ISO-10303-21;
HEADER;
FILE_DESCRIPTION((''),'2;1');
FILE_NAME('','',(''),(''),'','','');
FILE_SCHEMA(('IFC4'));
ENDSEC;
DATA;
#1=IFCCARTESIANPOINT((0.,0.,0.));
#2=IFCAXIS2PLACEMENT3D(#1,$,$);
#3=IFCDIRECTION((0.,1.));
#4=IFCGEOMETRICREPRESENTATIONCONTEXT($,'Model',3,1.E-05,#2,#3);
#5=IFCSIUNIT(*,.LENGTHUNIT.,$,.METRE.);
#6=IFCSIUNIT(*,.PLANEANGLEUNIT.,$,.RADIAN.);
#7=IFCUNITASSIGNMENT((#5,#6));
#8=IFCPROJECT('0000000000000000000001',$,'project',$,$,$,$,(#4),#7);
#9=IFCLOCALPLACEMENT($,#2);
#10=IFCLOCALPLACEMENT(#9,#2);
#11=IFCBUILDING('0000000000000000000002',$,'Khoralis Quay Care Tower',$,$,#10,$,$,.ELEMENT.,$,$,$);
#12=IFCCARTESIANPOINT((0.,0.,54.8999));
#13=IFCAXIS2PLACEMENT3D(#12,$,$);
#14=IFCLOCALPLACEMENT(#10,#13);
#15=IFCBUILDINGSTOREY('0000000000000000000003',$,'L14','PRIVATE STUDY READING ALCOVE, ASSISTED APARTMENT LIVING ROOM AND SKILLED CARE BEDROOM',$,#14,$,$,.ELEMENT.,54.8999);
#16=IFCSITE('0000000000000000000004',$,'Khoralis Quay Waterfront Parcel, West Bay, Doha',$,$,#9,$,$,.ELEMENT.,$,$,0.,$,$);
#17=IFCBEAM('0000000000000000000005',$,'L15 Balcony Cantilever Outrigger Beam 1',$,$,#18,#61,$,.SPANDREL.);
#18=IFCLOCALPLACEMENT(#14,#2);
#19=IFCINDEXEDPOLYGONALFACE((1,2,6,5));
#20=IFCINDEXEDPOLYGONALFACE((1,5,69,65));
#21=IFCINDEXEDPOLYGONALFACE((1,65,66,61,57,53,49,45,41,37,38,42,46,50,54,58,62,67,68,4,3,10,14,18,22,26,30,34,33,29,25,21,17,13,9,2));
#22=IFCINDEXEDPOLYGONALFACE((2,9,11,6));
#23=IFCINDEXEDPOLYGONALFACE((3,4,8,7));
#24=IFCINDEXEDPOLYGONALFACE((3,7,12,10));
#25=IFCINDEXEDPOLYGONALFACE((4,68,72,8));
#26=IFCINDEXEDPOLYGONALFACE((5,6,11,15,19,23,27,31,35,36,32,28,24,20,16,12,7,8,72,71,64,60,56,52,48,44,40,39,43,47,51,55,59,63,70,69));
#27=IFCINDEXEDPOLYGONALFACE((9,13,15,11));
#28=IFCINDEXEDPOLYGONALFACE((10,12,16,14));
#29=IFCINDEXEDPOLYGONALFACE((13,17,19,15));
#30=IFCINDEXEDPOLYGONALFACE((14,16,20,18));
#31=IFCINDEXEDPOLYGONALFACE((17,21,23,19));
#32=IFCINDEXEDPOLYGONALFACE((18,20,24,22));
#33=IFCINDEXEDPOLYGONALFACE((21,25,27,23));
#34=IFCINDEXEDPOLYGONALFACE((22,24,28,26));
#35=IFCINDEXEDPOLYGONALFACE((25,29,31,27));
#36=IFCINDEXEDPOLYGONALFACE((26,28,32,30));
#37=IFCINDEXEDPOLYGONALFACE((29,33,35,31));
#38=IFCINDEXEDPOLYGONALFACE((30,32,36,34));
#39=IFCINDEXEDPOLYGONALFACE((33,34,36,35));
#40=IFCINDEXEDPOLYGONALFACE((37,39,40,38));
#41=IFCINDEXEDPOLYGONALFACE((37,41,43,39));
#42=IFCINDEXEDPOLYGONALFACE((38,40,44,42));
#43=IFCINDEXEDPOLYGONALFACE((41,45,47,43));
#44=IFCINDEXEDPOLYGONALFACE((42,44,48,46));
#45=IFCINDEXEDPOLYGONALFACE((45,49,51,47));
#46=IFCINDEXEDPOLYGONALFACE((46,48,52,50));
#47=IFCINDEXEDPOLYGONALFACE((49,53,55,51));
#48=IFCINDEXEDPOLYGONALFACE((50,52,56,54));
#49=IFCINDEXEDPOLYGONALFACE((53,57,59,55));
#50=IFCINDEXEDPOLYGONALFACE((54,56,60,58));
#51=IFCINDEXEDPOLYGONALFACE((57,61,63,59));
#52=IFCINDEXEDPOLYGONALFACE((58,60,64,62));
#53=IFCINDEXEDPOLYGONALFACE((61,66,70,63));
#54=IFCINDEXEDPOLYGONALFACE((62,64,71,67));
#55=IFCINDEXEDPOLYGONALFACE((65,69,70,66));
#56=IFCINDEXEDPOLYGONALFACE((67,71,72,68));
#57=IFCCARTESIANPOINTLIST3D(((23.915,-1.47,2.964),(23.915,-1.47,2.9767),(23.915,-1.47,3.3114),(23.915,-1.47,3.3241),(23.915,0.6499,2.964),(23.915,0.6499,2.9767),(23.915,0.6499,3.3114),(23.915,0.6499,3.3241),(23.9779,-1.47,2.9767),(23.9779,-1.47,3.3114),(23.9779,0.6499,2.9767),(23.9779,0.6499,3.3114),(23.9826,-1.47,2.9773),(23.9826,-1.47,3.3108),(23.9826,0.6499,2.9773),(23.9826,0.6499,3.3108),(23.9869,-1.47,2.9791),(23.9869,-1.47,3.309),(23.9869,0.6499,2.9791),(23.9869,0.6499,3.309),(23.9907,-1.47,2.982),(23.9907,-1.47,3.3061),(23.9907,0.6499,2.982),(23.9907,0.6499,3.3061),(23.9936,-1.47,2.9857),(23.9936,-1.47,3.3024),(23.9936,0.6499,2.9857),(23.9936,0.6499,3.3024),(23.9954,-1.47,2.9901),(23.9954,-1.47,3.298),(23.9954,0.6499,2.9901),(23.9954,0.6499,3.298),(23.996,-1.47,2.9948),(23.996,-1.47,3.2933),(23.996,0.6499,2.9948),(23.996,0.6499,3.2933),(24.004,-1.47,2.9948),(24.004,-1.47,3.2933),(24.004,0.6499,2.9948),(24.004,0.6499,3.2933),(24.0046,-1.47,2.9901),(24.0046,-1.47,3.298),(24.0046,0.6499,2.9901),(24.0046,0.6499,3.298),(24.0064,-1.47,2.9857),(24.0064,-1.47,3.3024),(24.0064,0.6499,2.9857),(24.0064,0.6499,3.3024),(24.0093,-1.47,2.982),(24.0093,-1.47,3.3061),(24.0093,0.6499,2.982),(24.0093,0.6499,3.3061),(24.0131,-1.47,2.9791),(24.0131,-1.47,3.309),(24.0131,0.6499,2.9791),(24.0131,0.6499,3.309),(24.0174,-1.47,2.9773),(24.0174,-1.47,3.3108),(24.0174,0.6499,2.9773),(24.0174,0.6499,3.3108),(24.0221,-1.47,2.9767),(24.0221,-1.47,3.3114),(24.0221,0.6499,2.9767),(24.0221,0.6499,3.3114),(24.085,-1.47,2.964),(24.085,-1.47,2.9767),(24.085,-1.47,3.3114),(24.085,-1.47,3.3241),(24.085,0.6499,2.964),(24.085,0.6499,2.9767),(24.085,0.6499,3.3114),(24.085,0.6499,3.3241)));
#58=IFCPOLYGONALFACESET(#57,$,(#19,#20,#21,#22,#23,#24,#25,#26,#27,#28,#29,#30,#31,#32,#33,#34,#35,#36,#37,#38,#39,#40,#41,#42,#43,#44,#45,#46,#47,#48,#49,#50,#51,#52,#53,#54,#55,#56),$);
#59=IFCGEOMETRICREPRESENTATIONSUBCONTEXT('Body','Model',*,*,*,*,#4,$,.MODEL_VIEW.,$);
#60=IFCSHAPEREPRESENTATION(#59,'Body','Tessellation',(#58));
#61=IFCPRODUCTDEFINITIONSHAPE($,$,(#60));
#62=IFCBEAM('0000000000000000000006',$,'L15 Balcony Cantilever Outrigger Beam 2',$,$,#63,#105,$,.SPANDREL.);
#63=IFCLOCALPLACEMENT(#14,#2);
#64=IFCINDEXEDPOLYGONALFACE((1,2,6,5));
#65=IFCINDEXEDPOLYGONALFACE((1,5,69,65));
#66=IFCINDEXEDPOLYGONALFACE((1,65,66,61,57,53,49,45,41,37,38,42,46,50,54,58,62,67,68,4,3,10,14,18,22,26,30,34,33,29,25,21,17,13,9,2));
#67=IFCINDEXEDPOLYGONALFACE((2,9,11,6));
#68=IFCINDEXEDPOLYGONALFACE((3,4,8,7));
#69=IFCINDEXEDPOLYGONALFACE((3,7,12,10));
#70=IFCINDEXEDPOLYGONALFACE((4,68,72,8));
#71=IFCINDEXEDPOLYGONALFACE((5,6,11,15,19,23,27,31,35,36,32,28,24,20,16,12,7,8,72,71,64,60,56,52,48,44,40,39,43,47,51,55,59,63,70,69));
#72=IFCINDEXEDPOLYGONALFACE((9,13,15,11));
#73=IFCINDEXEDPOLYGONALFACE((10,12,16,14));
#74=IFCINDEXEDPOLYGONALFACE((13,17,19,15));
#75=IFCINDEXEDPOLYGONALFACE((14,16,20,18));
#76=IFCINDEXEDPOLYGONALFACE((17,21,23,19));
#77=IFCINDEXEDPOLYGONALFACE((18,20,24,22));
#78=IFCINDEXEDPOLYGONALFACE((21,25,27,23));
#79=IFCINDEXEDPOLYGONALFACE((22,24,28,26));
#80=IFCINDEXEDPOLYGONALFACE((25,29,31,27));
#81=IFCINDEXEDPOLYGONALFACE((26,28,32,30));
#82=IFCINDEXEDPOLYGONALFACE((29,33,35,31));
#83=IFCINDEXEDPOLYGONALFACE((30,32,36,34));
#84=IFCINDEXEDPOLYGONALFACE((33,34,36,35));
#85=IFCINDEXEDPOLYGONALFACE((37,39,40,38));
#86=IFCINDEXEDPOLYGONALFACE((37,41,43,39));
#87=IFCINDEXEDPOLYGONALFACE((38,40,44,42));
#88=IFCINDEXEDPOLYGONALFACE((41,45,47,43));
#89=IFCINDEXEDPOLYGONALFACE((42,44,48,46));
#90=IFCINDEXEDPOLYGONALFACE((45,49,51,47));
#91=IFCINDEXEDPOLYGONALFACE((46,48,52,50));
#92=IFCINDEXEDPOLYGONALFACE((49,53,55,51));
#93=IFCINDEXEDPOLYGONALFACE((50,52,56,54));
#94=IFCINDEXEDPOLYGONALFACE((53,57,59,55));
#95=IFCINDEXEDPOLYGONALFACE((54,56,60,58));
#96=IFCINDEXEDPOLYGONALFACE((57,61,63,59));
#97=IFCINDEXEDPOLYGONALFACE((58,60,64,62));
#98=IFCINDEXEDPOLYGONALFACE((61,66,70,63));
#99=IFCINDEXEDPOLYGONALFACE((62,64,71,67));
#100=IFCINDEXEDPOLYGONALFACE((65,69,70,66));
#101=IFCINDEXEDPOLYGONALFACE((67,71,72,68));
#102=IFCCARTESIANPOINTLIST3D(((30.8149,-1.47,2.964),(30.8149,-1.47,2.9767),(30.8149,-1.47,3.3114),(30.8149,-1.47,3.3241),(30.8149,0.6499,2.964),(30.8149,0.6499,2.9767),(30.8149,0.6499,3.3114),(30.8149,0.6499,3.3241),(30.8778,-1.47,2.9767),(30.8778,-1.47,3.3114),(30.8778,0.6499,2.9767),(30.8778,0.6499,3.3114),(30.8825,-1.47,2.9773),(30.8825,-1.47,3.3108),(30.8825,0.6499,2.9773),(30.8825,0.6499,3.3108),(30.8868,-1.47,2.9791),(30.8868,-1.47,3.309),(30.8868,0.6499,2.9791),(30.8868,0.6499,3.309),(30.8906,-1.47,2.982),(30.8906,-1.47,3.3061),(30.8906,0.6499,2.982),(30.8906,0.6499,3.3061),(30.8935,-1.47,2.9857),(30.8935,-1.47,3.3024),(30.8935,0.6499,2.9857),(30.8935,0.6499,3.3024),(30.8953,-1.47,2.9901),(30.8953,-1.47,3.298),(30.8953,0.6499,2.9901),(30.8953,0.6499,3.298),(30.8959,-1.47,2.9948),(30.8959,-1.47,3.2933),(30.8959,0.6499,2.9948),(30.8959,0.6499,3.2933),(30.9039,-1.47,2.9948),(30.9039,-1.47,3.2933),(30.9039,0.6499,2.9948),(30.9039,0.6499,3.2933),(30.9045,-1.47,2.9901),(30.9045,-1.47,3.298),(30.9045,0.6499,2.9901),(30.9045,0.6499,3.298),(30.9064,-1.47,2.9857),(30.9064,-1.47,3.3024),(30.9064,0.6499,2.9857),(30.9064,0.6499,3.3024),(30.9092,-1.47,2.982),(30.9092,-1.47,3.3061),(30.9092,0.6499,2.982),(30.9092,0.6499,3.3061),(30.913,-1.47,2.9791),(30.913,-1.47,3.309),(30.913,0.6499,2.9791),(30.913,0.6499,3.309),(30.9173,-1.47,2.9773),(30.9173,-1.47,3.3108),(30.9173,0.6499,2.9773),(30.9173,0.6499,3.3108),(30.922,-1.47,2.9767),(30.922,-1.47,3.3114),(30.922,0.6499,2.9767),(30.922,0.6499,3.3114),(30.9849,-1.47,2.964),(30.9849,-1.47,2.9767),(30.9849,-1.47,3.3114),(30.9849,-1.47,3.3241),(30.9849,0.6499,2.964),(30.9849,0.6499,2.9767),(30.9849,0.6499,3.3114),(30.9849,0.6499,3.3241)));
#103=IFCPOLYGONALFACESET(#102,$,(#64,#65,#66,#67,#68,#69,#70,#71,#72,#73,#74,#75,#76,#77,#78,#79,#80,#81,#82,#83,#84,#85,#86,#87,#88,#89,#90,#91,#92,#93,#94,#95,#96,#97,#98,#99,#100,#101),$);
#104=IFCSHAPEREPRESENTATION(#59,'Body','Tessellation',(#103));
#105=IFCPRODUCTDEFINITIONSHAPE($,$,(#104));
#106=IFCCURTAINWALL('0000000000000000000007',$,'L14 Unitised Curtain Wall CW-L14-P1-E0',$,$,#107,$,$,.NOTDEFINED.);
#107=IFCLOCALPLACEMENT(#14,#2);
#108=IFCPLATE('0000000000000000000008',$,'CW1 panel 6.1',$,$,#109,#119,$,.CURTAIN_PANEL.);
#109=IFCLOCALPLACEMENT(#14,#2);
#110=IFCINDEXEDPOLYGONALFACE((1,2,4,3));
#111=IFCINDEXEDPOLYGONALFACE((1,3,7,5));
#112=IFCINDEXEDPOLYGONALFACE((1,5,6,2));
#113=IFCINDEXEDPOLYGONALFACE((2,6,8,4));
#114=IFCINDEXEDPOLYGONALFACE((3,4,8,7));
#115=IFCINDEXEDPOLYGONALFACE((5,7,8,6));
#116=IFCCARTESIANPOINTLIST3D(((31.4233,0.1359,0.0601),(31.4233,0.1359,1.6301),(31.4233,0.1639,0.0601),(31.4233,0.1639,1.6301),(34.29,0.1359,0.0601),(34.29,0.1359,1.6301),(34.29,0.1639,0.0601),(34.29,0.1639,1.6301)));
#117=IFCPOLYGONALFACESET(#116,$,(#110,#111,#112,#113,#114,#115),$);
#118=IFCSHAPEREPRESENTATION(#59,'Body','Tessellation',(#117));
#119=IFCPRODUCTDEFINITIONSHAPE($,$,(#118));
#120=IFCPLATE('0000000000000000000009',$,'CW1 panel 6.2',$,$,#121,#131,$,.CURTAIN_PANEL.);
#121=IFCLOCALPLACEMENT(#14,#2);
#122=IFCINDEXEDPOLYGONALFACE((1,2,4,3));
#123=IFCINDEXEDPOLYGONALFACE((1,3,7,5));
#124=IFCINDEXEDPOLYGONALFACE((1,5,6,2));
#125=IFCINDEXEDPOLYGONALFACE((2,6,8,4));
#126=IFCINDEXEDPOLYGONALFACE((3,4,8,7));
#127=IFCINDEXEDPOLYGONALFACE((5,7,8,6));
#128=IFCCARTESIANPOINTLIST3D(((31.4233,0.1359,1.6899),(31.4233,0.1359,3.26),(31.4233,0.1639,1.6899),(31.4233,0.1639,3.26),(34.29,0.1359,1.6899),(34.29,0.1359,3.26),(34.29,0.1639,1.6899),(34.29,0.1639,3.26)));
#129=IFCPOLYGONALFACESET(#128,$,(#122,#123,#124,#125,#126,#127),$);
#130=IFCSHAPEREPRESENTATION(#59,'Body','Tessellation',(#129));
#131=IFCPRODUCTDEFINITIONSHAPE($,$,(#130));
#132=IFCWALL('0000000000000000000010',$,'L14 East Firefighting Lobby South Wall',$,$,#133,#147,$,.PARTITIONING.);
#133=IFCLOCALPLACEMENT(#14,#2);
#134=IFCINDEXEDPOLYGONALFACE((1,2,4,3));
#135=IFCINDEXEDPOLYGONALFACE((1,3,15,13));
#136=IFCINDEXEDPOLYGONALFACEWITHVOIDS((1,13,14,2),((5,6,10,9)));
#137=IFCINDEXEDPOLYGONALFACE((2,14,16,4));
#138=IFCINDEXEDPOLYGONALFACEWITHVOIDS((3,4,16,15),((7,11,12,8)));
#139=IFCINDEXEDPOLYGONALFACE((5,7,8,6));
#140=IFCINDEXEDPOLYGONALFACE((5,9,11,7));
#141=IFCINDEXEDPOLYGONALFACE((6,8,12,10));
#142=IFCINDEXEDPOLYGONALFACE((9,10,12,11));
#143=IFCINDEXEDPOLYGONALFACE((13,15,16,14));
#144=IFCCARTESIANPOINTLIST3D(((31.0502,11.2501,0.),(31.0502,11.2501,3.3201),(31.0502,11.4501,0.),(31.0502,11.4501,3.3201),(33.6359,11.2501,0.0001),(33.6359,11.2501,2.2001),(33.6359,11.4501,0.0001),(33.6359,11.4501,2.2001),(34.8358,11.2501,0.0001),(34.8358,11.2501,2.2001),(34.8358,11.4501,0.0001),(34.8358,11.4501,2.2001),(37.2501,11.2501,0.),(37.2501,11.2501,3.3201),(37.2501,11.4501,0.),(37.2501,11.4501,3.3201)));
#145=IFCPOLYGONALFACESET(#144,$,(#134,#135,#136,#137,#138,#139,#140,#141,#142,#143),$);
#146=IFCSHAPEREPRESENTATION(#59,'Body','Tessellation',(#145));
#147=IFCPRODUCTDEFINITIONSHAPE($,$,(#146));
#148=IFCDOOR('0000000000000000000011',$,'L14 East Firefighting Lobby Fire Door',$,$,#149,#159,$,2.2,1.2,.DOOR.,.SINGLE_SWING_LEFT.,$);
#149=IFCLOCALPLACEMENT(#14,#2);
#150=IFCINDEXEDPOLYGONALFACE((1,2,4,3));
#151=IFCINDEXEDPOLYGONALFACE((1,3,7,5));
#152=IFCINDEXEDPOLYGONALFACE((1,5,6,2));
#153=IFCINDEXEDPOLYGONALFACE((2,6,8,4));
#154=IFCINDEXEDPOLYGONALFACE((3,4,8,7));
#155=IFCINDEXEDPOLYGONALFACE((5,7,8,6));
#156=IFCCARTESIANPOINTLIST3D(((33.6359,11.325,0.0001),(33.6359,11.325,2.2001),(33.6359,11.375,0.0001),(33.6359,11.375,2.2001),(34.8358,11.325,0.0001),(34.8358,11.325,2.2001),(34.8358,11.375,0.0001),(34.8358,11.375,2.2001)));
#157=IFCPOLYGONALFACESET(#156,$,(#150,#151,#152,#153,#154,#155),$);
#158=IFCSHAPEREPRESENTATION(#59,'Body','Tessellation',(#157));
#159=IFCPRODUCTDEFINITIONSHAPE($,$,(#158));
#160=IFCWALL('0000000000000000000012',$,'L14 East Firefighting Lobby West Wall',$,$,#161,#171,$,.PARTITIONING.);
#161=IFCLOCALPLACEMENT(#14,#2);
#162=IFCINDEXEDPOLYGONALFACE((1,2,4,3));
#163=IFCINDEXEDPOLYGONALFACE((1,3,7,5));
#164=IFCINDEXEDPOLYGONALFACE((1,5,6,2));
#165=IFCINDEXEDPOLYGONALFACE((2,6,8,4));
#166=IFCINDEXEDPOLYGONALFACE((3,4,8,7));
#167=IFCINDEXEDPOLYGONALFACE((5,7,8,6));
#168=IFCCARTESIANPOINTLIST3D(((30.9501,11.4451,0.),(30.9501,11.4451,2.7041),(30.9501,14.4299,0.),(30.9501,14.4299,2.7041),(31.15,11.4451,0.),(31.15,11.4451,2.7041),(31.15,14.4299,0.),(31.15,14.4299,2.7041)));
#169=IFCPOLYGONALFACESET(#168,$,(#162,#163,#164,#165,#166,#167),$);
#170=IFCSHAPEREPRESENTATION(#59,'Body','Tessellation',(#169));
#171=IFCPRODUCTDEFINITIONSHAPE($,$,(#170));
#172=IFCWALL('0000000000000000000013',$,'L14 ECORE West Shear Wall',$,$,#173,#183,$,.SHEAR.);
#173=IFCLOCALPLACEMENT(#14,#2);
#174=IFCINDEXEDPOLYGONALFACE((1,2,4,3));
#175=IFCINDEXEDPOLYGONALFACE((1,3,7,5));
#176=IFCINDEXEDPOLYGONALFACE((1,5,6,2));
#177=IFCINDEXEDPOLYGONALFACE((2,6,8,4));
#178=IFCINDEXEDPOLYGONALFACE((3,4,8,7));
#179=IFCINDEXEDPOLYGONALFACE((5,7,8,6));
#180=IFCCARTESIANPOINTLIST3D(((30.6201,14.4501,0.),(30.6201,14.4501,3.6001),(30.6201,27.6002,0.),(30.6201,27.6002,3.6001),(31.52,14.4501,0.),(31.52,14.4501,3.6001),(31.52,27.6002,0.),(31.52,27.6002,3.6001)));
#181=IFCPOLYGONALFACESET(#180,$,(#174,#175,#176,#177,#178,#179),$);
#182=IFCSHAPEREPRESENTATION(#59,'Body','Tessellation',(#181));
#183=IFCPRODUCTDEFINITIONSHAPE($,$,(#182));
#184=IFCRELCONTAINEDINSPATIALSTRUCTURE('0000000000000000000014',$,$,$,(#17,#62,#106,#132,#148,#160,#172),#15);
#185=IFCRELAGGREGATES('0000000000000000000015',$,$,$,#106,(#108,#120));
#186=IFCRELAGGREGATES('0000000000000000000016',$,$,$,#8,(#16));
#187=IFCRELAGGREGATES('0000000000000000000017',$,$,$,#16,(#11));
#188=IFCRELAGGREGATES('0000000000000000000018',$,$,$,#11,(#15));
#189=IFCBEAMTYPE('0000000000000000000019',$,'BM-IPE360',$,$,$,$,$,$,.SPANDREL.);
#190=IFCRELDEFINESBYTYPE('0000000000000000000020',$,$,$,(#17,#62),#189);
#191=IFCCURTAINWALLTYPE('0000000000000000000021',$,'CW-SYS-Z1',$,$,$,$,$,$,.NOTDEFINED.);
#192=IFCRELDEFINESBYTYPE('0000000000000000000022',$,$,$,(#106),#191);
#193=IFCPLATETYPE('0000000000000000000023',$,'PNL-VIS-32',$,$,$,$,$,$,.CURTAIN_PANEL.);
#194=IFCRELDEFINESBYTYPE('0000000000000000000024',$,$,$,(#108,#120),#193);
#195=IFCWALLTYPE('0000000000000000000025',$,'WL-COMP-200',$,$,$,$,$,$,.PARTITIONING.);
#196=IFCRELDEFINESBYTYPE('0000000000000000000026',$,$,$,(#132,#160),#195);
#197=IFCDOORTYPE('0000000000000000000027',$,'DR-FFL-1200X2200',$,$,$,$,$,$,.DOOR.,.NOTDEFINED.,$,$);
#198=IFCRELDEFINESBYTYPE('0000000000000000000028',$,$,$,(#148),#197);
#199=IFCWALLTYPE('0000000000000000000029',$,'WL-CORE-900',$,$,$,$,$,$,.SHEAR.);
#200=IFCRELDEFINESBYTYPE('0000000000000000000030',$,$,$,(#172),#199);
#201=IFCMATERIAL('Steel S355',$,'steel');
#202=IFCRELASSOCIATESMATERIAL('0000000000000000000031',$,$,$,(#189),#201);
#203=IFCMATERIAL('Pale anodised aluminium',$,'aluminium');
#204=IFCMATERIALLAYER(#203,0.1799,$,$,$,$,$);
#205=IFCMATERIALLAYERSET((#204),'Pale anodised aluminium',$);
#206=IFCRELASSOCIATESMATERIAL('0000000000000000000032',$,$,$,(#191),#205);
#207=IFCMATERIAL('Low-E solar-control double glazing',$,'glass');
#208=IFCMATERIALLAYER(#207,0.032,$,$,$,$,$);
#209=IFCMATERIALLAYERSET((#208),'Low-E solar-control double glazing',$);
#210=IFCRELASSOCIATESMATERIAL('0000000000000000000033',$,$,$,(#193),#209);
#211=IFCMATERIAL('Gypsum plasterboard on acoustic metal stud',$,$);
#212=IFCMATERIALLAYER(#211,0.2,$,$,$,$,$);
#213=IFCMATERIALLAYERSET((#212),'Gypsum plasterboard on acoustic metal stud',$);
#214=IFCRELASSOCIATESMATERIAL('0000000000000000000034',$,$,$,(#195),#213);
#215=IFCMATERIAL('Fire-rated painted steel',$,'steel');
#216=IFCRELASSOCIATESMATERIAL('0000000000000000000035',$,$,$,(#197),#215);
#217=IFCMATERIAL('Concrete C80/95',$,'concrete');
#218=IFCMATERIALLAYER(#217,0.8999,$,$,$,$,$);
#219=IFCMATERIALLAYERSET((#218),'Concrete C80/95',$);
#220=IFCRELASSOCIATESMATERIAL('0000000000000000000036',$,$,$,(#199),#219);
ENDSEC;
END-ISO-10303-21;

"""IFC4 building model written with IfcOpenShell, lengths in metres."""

from ifc_helpers import new_model, si_unit, direction, frame, frame_2d, origin, origin_2d, place, context, subcontext, project, spatial, rectangle, i_section, extrude, source, transform, mapped, material, layer, layer_set, material_profile, profile_set, type_object, element, fill, aggregate, save


model = new_model("IFC4")

# Units and contexts
model_context = context("Model", 3, precision=1e-05, world=origin(), true_north=direction((0.0, 1.0)))
body_context = subcontext(model_context, "Body", "Model", "MODEL_VIEW")
ifc_project = project(units=[si_unit("LENGTHUNIT", "METRE"), si_unit("PLANEANGLEUNIT", "RADIAN")], contexts=[model_context])

# Site, building, storey
site_placement = place(None, origin())
site = spatial("IfcSite", under=ifc_project, at=site_placement, Name="Khoralis Quay Waterfront Parcel, West Bay, Doha", CompositionType="ELEMENT", RefElevation=0.0)
building_placement = place(site_placement, origin())
building = spatial("IfcBuilding", under=site, at=building_placement, Name="Khoralis Quay Care Tower", CompositionType="ELEMENT")
storey_placement = place(building_placement, frame((0.0, 0.0, 54.8999)))
storey = spatial("IfcBuildingStorey", under=building, at=storey_placement, Name="L14", Description="PRIVATE STUDY READING ALCOVE, ASSISTED APARTMENT LIVING ROOM AND SKILLED CARE BEDROOM", CompositionType="ELEMENT", Elevation=54.8999)

# Shared definitions
ifc_material_1 = material(Name="Concrete C80/95", Category="concrete")

# Beams
ifc_material_2 = material(Name="Steel S355", Category="steel")
ifc_material_profile_1 = material_profile(ifc_material_2, i_section(OverallWidth=0.1699, OverallDepth=0.3601, WebThickness=0.0081, FlangeThickness=0.0127, FilletRadius=0.0181, at=origin_2d()), Name="Steel S355")
ifc_profile_set_1 = profile_set([ifc_material_profile_1], Name="Steel S355")
beam_type_1 = type_object("IfcBeamType", Name="BM-IPE360", PredefinedType="SPANDREL", material=ifc_profile_set_1)
shared_shape_1 = source(origin(), body_context, "Body", "SweptSolid", [
    extrude(i_section(OverallWidth=0.1699, OverallDepth=0.3601, WebThickness=0.0081, FlangeThickness=0.0127, FilletRadius=0.0181, at=origin_2d()), origin(), (0.0, 0.0, 1.0), 2.1199),
])
for number, where, z_axis, x_axis, name in (
    (1, (24.0, 0.6499, 3.144), (0.0, -1.0, 0.0), (1.0, 0.0, 0.0), "L15 Balcony Cantilever Outrigger Beam 1"),
    (2, (30.8999, 0.6499, 3.144), (0.0, -1.0, 0.0), (1.0, 0.0, 0.0), "L15 Balcony Cantilever Outrigger Beam 2"),
):
    element("IfcBeam", number, at=place(storey_placement, frame(where, z_axis=z_axis, x_axis=x_axis)), inside=storey, type_object=beam_type_1, Name=name, PredefinedType="SPANDREL", context=body_context, shape_type="MappedRepresentation", body=[
        mapped(shared_shape_1, transform((0.0, 0.0, 0.0), scale=1.0)),
    ])

# Curtain wall, plates
ifc_material_3 = material(Name="Pale anodised aluminium", Category="aluminium")
ifc_layer_1 = layer(ifc_material_3, 0.1799)
ifc_layer_set_1 = layer_set([ifc_layer_1], Name="Pale anodised aluminium")
curtain_wall_type = type_object("IfcCurtainWallType", Name="CW-SYS-Z1", PredefinedType="NOTDEFINED", material=ifc_layer_set_1)
curtain_wall_placement = place(storey_placement, origin())
curtain_wall = element("IfcCurtainWall", 3, at=curtain_wall_placement, inside=storey, type_object=curtain_wall_type, Name="L14 Unitised Curtain Wall CW-L14-P1-E0", PredefinedType="NOTDEFINED")
ifc_material_4 = material(Name="Low-E solar-control double glazing", Category="glass")
ifc_layer_2 = layer(ifc_material_4, 0.032)
ifc_layer_set_2 = layer_set([ifc_layer_2], Name="Low-E solar-control double glazing")
plate_type = type_object("IfcPlateType", Name="PNL-VIS-32", PredefinedType="CURTAIN_PANEL", material=ifc_layer_set_2)
shared_shape_2 = source(origin(), body_context, "Body", "SweptSolid", [
    extrude(rectangle(XDim=2.8667, YDim=0.0281, at=origin_2d()), origin(), (0.0, 0.0, 1.0), 1.5701),
])
plate_1_placement = place(storey_placement, frame((32.8567, 0.1499, 0.0601), z_axis=(0.0, 0.0, 1.0), x_axis=(1.0, 0.0, 0.0)))
plate_1 = element("IfcPlate", 4, at=plate_1_placement, type_object=plate_type, Name="CW1 panel 6.1", PredefinedType="CURTAIN_PANEL", context=body_context, shape_type="MappedRepresentation", body=[
    mapped(shared_shape_2, transform((0.0, 0.0, 0.0), scale=1.0)),
])
plate_2_placement = place(storey_placement, frame((32.8567, 0.1499, 1.6899), z_axis=(0.0, 0.0, 1.0), x_axis=(1.0, 0.0, 0.0)))
plate_2 = element("IfcPlate", 5, at=plate_2_placement, type_object=plate_type, Name="CW1 panel 6.2", PredefinedType="CURTAIN_PANEL", context=body_context, shape_type="MappedRepresentation", body=[
    mapped(shared_shape_2, transform((0.0, 0.0, 0.0), scale=1.0)),
])
aggregate(curtain_wall, [plate_1, plate_2])

# Wall, opening, door
ifc_material_5 = material(Name="Gypsum plasterboard on acoustic metal stud")
ifc_layer_3 = layer(ifc_material_5, 0.2)
ifc_layer_set_3 = layer_set([ifc_layer_3], Name="Gypsum plasterboard on acoustic metal stud")
wall_type_1 = type_object("IfcWallType", Name="WL-COMP-200", PredefinedType="PARTITIONING", material=ifc_layer_set_3)
wall_1_placement = place(storey_placement, frame((31.05, 11.3501, 0.0), z_axis=(0.0, 0.0, 1.0), x_axis=(1.0, 0.0, 0.0)))
wall_1 = element("IfcWall", 6, at=wall_1_placement, inside=storey, type_object=wall_type_1, Name="L14 East Firefighting Lobby South Wall", PredefinedType="PARTITIONING", context=body_context, shape_type="SweptSolid", body=[
    extrude(rectangle(XDim=6.2, YDim=0.2, at=frame_2d((3.1001, 0.0))), origin(), (0.0, 0.0, 1.0), 3.3201),
])
opening_1_placement = place(wall_1_placement, frame((2.5857, 0.0, 0.0)))
opening_1 = element("IfcOpeningElement", 7, at=opening_1_placement, cuts=wall_1, PredefinedType="OPENING", context=body_context, shape_type="SweptSolid", body=[
    extrude(rectangle(XDim=1.2, YDim=2.2, at=frame_2d((0.6001, 1.1001))), frame((0.0, 0.1099, 0.0), z_axis=(0.0, -1.0, 0.0), x_axis=(1.0, 0.0, 0.0)), (0.0, 0.0, 1.0), 0.22),
])
ifc_material_6 = material(Name="Fire-rated painted steel", Category="steel")
door_type_1 = type_object("IfcDoorType", Name="DR-FFL-1200X2200", OperationType="NOTDEFINED", PredefinedType="DOOR", material=ifc_material_6)
shared_shape_3 = source(origin(), body_context, "Body", "SweptSolid", [
    extrude(rectangle(XDim=1.2, YDim=2.2, at=frame_2d((0.6001, 1.1001))), frame((0.0, 0.0249, 0.0), z_axis=(0.0, -1.0, 0.0), x_axis=(1.0, 0.0, 0.0)), (0.0, 0.0, 1.0), 0.05),
])
door_1_placement = place(opening_1_placement, origin())
door_1 = element("IfcDoor", 8, at=door_1_placement, inside=storey, type_object=door_type_1, Name="L14 East Firefighting Lobby Fire Door", OperationType="SINGLE_SWING_LEFT", OverallHeight=2.2, OverallWidth=1.2, PredefinedType="DOOR", context=body_context, shape_type="MappedRepresentation", body=[
    mapped(shared_shape_3, transform((0.0, 0.0, 0.0), scale=1.0)),
])
fill(opening_1, door_1)

# Walls
wall_2_placement = place(storey_placement, frame((31.05, 11.4451, 0.0), z_axis=(0.0, 0.0, 1.0), x_axis=(0.0, 1.0, 0.0)))
element("IfcWall", 9, at=wall_2_placement, inside=storey, type_object=wall_type_1, Name="L14 East Firefighting Lobby West Wall", PredefinedType="PARTITIONING", context=body_context, shape_type="SweptSolid", body=[
    extrude(rectangle(XDim=2.9849, YDim=0.2, at=frame_2d((1.4924, 0.0))), origin(), (0.0, 0.0, 1.0), 2.7041),
])
ifc_layer_4 = layer(ifc_material_1, 0.8999)
ifc_layer_set_4 = layer_set([ifc_layer_4], Name="Concrete C80/95")
wall_type_2 = type_object("IfcWallType", Name="WL-CORE-900", PredefinedType="SHEAR", material=ifc_layer_set_4)
wall_3_placement = place(storey_placement, frame((31.0701, 14.45, 0.0), z_axis=(0.0, 0.0, 1.0), x_axis=(0.0, 1.0, 0.0)))
element("IfcWall", 10, at=wall_3_placement, inside=storey, type_object=wall_type_2, Name="L14 ECORE West Shear Wall", PredefinedType="SHEAR", context=body_context, shape_type="SweptSolid", body=[
    extrude(rectangle(XDim=13.1501, YDim=0.8999, at=frame_2d((6.5752, 0.0))), origin(), (0.0, 0.0, 1.0), 3.6001),
])

save(model, "model.ifc")
